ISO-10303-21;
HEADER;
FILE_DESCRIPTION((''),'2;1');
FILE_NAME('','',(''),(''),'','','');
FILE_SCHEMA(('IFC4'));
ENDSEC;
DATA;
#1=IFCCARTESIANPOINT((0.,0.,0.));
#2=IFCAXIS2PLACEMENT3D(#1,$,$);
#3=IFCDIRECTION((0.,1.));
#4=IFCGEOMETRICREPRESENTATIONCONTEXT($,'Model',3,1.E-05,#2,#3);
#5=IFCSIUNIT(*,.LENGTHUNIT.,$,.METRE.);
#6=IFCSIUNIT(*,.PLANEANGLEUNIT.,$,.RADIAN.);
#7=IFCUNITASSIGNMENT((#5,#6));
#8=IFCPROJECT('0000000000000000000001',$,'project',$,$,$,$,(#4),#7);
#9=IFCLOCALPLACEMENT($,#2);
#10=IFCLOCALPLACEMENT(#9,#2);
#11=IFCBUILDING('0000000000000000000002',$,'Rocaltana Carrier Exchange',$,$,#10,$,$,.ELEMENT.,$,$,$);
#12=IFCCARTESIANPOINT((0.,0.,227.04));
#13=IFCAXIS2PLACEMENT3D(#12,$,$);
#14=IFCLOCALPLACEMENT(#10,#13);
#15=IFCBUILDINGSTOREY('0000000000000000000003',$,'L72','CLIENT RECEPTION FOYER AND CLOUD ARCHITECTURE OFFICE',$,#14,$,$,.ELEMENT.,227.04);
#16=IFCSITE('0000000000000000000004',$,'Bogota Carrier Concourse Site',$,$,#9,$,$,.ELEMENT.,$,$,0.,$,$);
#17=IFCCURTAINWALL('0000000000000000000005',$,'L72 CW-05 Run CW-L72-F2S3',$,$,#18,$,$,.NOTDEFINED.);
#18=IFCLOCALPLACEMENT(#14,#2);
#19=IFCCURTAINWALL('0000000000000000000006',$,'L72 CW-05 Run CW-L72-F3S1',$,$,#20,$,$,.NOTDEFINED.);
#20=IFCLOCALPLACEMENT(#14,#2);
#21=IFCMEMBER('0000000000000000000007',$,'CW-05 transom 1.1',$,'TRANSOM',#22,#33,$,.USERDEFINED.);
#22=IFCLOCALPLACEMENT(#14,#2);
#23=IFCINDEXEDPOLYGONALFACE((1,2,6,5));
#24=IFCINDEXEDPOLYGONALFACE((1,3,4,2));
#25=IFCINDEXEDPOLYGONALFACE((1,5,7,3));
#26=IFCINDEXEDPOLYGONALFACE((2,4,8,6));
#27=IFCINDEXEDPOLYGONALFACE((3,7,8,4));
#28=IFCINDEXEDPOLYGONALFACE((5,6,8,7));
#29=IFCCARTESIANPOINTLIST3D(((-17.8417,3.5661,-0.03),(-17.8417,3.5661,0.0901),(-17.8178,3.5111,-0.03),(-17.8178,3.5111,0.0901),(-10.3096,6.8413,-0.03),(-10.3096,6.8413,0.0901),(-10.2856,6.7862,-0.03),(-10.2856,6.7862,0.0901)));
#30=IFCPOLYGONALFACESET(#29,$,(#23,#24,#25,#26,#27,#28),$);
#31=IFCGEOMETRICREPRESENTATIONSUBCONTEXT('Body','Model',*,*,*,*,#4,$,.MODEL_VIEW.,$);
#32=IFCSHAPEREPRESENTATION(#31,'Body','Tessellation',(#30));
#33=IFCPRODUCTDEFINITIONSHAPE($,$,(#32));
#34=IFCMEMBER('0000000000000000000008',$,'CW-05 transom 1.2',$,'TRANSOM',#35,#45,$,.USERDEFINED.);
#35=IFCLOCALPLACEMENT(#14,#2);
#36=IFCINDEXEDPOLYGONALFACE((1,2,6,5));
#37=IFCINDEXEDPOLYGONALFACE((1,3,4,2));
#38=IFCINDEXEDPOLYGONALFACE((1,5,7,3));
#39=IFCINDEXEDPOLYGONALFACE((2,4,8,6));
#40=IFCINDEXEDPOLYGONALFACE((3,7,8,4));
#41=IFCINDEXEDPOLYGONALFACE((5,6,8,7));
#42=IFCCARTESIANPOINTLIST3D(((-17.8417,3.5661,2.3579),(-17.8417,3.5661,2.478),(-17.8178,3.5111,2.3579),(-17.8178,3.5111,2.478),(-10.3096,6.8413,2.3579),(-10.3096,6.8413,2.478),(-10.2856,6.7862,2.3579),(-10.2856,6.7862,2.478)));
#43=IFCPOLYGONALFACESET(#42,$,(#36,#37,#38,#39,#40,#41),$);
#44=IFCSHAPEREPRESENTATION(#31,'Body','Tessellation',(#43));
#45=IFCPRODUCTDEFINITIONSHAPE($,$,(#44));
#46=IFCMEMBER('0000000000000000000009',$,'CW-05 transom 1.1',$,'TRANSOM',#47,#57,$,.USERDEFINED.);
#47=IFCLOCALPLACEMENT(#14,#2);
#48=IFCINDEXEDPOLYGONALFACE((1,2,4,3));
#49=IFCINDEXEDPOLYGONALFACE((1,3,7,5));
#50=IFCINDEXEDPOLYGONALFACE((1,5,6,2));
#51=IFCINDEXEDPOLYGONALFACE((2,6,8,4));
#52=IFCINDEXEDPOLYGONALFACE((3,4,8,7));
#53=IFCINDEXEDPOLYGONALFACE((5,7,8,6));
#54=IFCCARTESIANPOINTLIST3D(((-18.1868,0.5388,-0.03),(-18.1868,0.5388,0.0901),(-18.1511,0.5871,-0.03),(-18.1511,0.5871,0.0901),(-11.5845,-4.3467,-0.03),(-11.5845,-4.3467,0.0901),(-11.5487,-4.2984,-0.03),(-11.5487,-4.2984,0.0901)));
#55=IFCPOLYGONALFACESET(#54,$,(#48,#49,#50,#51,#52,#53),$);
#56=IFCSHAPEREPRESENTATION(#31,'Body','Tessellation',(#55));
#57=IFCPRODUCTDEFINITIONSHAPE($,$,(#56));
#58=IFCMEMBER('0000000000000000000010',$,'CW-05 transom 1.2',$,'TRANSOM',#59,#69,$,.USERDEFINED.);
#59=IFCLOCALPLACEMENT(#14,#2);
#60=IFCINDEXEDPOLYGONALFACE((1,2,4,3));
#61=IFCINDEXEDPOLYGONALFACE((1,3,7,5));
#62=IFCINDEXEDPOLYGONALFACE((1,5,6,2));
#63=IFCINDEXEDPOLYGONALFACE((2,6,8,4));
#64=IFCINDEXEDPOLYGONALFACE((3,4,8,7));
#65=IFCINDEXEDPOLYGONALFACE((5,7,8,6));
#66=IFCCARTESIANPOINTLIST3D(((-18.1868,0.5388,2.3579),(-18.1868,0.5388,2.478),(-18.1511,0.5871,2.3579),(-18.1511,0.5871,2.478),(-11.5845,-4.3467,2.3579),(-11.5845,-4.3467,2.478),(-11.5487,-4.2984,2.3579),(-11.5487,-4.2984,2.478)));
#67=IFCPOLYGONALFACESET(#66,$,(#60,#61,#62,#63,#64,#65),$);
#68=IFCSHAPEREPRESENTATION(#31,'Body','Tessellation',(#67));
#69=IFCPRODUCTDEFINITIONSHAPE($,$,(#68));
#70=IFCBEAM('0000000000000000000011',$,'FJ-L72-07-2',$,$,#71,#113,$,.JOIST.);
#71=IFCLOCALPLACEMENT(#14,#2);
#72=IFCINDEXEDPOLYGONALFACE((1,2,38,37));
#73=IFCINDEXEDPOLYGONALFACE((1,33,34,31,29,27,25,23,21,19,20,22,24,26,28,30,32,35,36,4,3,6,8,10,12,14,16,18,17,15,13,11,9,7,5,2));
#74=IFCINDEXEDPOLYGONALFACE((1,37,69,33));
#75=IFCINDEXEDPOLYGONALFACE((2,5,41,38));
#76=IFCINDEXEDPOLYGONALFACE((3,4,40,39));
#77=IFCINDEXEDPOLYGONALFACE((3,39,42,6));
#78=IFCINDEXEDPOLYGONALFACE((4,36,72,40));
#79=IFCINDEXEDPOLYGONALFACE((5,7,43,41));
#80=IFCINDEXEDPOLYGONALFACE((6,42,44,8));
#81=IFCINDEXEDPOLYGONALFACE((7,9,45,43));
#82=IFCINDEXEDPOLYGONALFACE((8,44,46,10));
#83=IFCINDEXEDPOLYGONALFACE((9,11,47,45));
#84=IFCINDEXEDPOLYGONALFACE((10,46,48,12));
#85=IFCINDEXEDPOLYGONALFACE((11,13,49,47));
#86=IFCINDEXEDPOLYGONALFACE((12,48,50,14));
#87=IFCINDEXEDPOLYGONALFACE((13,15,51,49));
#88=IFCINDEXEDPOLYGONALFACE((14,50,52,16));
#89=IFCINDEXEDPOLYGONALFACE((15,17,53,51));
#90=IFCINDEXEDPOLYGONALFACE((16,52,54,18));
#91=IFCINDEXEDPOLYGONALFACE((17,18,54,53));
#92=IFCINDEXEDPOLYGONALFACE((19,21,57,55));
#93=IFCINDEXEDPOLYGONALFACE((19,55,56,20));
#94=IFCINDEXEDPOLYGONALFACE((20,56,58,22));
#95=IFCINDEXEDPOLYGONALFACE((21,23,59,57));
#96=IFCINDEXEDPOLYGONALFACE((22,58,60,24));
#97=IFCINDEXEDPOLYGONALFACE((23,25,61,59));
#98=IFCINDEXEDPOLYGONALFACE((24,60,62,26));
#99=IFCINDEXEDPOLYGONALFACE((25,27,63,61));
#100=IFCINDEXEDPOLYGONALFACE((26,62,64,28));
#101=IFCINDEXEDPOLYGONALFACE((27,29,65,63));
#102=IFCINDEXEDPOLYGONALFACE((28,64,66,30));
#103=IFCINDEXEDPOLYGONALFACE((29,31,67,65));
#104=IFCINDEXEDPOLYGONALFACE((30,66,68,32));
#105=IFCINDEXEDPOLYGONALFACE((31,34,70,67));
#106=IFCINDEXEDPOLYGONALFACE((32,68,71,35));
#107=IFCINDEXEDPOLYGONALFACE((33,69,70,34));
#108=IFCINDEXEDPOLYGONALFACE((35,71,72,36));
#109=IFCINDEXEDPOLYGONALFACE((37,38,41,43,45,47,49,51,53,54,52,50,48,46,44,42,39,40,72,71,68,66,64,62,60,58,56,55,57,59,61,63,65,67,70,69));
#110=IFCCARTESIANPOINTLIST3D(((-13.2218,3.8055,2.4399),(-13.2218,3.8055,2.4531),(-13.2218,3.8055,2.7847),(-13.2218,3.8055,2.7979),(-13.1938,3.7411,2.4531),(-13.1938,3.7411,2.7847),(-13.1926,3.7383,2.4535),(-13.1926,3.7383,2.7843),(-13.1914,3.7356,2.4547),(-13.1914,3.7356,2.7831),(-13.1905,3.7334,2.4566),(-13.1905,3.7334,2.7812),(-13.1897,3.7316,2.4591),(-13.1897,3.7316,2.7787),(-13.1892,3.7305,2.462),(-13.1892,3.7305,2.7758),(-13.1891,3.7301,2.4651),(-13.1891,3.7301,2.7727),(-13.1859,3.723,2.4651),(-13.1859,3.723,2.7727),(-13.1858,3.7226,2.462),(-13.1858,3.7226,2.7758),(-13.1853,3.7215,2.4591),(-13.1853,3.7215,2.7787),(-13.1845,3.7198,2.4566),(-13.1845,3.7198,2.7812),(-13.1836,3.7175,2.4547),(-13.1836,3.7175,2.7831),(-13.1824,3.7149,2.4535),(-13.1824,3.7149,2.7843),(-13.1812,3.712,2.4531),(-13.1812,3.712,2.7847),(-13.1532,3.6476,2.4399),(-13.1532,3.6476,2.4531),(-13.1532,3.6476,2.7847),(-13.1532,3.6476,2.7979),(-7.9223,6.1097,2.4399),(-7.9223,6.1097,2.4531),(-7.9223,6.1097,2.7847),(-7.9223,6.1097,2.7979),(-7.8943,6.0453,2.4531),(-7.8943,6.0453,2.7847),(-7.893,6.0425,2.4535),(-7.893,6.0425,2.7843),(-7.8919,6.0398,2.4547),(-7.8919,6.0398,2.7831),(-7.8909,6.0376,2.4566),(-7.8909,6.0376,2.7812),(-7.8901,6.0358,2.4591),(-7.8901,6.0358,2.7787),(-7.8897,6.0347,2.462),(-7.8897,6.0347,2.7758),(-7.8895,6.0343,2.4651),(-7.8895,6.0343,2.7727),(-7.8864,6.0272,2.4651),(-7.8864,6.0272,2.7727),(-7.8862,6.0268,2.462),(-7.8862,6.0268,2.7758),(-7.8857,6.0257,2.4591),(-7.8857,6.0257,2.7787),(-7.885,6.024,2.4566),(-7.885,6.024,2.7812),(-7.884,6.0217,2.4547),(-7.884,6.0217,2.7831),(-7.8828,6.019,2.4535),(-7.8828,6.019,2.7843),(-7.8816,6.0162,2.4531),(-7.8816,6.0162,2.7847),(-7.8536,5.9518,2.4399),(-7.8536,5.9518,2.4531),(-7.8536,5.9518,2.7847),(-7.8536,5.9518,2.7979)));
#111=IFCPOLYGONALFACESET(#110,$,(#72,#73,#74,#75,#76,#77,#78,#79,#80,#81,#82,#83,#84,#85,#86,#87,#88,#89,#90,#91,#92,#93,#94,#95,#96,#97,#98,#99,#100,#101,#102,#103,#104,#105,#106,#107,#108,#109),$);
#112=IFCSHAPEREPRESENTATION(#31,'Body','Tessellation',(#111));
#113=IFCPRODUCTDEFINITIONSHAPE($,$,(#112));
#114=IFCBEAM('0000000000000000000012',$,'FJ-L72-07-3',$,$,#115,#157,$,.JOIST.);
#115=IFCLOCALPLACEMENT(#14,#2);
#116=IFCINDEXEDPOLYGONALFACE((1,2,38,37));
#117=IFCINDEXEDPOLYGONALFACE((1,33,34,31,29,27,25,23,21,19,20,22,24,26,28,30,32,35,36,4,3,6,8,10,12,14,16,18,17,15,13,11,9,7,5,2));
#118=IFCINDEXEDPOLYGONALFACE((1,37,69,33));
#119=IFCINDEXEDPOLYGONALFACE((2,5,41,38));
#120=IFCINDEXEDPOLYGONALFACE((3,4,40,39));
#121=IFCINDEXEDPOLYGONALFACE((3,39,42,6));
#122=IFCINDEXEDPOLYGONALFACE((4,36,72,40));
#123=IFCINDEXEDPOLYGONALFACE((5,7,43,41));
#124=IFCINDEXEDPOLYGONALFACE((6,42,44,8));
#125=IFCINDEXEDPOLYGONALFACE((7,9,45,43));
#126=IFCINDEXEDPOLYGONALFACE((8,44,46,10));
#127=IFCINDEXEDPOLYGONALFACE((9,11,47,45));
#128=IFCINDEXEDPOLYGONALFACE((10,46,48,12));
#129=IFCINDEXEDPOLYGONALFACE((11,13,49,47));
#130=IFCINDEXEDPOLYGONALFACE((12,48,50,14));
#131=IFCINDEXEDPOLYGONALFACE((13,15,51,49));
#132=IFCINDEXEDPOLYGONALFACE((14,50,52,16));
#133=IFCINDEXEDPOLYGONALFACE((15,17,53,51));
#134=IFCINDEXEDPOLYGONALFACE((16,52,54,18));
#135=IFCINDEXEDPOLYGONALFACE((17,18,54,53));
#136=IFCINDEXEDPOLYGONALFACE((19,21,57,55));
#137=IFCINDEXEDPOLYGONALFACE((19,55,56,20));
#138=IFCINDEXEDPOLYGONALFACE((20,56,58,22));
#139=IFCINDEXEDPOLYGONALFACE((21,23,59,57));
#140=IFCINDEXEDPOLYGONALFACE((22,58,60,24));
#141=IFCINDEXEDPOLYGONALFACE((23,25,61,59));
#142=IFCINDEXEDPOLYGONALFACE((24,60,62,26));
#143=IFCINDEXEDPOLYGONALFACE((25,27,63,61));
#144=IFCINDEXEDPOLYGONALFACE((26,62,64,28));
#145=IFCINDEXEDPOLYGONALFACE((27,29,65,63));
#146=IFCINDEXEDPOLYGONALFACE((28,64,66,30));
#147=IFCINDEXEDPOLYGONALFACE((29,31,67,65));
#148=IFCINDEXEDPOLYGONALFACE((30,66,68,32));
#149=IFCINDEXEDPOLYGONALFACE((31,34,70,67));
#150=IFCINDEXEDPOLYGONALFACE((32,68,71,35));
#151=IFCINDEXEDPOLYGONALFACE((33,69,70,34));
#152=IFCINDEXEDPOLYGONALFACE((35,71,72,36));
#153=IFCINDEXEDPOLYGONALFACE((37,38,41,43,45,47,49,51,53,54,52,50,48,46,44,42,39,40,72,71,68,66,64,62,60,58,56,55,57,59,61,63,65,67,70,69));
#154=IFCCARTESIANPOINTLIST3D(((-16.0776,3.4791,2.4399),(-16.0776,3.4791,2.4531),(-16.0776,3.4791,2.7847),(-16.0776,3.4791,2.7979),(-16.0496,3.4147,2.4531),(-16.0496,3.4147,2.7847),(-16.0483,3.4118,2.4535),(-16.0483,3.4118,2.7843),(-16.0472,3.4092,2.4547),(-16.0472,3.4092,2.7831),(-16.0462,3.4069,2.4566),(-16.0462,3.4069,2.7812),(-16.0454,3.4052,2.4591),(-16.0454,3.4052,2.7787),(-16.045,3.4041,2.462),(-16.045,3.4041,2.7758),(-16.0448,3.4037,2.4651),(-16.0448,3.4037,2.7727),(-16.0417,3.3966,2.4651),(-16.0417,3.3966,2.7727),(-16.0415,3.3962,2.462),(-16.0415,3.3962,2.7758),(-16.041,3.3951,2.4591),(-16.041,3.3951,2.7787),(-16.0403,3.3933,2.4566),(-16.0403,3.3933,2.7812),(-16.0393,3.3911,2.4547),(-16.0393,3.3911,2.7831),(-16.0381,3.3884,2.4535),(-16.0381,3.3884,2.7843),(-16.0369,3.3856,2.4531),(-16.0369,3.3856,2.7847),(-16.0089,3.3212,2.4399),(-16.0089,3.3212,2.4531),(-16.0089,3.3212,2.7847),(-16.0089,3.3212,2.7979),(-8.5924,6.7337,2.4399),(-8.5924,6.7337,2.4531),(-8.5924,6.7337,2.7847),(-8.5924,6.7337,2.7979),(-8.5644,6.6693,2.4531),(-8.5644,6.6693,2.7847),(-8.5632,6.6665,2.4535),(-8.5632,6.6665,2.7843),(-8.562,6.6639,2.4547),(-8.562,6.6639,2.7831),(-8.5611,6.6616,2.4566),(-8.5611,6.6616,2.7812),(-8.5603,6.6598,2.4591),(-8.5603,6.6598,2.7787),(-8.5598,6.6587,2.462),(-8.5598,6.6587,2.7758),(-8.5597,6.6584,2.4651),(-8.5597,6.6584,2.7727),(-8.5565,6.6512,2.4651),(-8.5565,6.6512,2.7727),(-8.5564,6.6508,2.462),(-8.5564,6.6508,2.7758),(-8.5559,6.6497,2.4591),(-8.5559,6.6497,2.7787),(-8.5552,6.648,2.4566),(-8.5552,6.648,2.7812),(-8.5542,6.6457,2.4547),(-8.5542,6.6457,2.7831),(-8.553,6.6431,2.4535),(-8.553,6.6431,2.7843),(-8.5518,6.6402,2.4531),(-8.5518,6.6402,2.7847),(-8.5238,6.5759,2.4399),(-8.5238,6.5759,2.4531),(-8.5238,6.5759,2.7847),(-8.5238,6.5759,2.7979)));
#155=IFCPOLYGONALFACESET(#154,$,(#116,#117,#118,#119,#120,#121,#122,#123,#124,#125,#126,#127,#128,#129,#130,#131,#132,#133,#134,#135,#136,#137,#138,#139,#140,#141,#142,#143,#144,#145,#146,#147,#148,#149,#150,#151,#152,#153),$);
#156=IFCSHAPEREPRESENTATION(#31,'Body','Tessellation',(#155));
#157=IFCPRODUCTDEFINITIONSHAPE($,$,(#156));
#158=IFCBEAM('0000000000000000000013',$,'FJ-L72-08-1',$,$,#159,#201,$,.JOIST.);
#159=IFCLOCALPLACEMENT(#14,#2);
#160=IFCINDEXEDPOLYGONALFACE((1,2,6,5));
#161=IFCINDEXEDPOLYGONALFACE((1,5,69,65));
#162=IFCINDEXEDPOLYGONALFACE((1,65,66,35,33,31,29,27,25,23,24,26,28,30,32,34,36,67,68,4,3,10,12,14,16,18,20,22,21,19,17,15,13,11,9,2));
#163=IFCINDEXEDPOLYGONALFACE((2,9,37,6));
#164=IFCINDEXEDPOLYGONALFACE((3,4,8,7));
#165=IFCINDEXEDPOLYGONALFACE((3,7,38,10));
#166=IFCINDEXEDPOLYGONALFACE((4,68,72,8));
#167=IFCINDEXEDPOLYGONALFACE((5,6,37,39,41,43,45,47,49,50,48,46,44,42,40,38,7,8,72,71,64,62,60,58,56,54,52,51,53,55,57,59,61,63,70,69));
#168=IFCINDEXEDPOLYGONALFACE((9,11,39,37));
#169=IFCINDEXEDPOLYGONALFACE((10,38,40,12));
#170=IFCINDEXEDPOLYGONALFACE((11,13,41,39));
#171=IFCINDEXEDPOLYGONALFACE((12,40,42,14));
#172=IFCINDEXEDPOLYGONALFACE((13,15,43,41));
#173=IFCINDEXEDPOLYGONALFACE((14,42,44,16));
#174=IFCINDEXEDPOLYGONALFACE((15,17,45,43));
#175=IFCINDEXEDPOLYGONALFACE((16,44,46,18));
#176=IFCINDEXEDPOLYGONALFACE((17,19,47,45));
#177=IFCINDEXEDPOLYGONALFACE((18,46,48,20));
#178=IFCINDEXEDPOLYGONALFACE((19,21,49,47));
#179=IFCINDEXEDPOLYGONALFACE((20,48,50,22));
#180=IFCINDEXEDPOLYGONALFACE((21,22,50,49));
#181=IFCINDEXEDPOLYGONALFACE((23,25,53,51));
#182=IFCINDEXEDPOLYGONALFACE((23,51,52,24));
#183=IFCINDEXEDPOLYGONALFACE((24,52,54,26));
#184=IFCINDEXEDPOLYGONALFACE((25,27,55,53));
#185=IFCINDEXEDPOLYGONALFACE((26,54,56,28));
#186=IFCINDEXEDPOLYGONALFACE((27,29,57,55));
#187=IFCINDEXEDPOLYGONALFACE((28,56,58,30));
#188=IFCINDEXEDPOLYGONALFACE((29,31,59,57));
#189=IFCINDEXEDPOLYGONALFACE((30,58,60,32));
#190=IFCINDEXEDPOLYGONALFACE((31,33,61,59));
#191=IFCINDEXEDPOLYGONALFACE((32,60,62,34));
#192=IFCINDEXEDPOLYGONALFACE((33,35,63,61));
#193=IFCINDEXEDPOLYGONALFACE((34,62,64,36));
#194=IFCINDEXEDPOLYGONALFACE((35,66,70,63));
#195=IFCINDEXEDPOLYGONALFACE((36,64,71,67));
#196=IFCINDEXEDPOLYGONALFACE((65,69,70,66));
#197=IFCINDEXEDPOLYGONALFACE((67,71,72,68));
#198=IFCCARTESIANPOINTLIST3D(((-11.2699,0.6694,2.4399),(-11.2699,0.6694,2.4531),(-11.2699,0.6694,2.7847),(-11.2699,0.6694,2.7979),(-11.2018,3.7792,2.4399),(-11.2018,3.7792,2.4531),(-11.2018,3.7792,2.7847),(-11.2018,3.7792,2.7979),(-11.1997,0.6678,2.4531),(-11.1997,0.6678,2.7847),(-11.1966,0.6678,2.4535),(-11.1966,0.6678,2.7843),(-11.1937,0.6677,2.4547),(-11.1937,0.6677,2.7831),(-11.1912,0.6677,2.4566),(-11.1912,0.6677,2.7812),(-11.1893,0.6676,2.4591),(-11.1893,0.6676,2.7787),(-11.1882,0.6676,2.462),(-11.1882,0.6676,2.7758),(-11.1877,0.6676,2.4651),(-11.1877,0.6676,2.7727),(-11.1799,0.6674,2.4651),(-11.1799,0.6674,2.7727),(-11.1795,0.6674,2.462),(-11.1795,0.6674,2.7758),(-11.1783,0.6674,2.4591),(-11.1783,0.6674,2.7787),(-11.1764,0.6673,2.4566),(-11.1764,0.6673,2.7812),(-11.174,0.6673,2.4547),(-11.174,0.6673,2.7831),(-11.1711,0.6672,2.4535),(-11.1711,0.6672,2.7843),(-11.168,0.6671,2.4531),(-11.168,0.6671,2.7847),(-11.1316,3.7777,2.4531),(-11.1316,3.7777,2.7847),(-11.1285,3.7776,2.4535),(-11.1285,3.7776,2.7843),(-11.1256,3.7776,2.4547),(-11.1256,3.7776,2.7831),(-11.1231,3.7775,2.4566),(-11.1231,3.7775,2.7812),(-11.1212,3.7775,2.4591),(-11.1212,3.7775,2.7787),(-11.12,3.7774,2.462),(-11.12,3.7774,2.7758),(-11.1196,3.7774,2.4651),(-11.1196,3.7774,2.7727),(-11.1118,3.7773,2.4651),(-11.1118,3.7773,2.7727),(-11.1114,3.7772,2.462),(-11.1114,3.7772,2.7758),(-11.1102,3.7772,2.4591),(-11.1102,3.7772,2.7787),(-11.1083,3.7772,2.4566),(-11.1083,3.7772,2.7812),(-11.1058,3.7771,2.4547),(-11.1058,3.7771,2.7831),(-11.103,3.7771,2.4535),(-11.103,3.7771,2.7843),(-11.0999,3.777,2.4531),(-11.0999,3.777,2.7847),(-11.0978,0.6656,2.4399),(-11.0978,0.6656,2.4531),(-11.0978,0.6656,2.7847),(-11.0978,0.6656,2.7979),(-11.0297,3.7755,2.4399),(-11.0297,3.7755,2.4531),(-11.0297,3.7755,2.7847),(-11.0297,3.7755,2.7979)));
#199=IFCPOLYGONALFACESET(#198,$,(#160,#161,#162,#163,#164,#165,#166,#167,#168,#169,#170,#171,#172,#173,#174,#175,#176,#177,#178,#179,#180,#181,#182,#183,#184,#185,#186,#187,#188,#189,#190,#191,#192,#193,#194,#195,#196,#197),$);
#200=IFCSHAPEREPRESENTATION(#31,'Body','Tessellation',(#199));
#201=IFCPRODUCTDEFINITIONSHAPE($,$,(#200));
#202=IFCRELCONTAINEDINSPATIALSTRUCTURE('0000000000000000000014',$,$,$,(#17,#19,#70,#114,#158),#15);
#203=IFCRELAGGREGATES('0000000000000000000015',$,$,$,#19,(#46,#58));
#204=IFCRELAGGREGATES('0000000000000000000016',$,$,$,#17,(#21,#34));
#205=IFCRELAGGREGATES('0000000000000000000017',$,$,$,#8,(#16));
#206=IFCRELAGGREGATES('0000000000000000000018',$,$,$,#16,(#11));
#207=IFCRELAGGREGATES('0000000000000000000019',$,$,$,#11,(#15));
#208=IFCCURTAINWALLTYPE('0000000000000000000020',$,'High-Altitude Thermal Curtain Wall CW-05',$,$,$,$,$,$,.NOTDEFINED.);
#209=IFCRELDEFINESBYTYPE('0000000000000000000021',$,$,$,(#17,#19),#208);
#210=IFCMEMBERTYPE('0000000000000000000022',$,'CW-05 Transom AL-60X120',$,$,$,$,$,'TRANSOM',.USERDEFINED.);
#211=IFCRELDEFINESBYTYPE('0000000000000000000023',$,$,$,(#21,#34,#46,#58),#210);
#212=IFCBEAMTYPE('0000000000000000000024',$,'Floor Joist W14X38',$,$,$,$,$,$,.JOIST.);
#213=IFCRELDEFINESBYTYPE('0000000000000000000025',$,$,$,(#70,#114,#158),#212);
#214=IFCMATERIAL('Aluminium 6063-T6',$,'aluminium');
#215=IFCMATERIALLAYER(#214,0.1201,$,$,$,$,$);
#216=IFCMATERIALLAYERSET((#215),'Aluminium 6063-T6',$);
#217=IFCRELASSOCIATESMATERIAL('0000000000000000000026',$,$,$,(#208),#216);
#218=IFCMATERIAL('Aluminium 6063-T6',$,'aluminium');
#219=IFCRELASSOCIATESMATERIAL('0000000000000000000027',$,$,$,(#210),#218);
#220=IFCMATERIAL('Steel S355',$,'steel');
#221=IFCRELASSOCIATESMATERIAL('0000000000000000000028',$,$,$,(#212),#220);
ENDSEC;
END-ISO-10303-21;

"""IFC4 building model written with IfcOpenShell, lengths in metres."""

from ifc_helpers import new_model, si_unit, direction, frame, origin, origin_2d, place, context, subcontext, project, spatial, rectangle, i_section, extrude, material, layer, layer_set, material_profile, profile_set, type_object, element, aggregate, save


model = new_model("IFC4")

# Units and contexts
model_context = context("Model", 3, precision=1e-05, world=origin(), true_north=direction((0.0, 1.0)))
body_context = subcontext(model_context, "Body", "Model", "MODEL_VIEW")
ifc_project = project(units=[si_unit("LENGTHUNIT", "METRE"), si_unit("PLANEANGLEUNIT", "RADIAN")], contexts=[model_context])

# Site, building, storey
site_placement = place(None, origin())
site = spatial("IfcSite", under=ifc_project, at=site_placement, Name="Bogota Carrier Concourse Site", CompositionType="ELEMENT", RefElevation=0.0)
building_placement = place(site_placement, origin())
building = spatial("IfcBuilding", under=site, at=building_placement, Name="Rocaltana Carrier Exchange", CompositionType="ELEMENT")
storey_placement = place(building_placement, frame((0.0, 0.0, 227.04)))
storey = spatial("IfcBuildingStorey", under=building, at=storey_placement, Name="L72", Description="CLIENT RECEPTION FOYER AND CLOUD ARCHITECTURE OFFICE", CompositionType="ELEMENT", Elevation=227.04)

# Shared definitions
ifc_material_1 = material(Name="Aluminium 6063-T6", Category="aluminium")
ifc_layer_1 = layer(ifc_material_1, 0.1201)
ifc_layer_set_1 = layer_set([ifc_layer_1], Name="Aluminium 6063-T6")
curtain_wall_type = type_object("IfcCurtainWallType", Name="High-Altitude Thermal Curtain Wall CW-05", PredefinedType="NOTDEFINED", material=ifc_layer_set_1)

# Curtain wall
curtain_wall_1_placement = place(storey_placement, origin())
curtain_wall_1 = element("IfcCurtainWall", 1, at=curtain_wall_1_placement, inside=storey, type_object=curtain_wall_type, Name="L72 CW-05 Run CW-L72-F2S3", PredefinedType="NOTDEFINED")

# Curtain wall
curtain_wall_2_placement = place(storey_placement, origin())
curtain_wall_2 = element("IfcCurtainWall", 2, at=curtain_wall_2_placement, inside=storey, type_object=curtain_wall_type, Name="L72 CW-05 Run CW-L72-F3S1", PredefinedType="NOTDEFINED")

# Members
ifc_material_2 = material(Name="Aluminium 6063-T6", Category="aluminium")
ifc_material_profile_1 = material_profile(ifc_material_2, rectangle(XDim=0.0601, YDim=0.1201, at=origin_2d()), Name="AL-60X120")
ifc_profile_set_1 = profile_set([ifc_material_profile_1], Name="Aluminium 6063-T6")
member_type_1 = type_object("IfcMemberType", Name="CW-05 Transom AL-60X120", ElementType="TRANSOM", PredefinedType="USERDEFINED", material=ifc_profile_set_1)
member_1_placement = place(storey_placement, frame((-10.2976, 6.8137, 0.03), z_axis=(-0.917058, -0.398753, 0.0), x_axis=(0.398753, -0.917058, 0.0)))
member_1 = element("IfcMember", 3, at=member_1_placement, type_object=member_type_1, Name="CW-05 transom 1.1", ObjectType="TRANSOM", PredefinedType="USERDEFINED", context=body_context, shape_type="SweptSolid", body=[
    extrude(rectangle(XDim=0.0601, YDim=0.1201, at=origin_2d()), origin(), (0.0, 0.0, 1.0), 8.2134),
])
member_2_placement = place(storey_placement, frame((-10.2976, 6.8137, 2.418), z_axis=(-0.917058, -0.398753, 0.0), x_axis=(0.398753, -0.917058, 0.0)))
member_2 = element("IfcMember", 4, at=member_2_placement, type_object=member_type_1, Name="CW-05 transom 1.2", ObjectType="TRANSOM", PredefinedType="USERDEFINED", context=body_context, shape_type="SweptSolid", body=[
    extrude(rectangle(XDim=0.0601, YDim=0.1201, at=origin_2d()), origin(), (0.0, 0.0, 1.0), 8.2134),
])
member_3_placement = place(storey_placement, frame((-18.1689, 0.563, 0.03), z_axis=(0.803854, -0.594827, 0.0), x_axis=(0.594827, 0.803854, 0.0)))
member_3 = element("IfcMember", 5, at=member_3_placement, type_object=member_type_1, Name="CW-05 transom 1.1", ObjectType="TRANSOM", PredefinedType="USERDEFINED", context=body_context, shape_type="SweptSolid", body=[
    extrude(rectangle(XDim=0.0601, YDim=0.1201, at=origin_2d()), origin(), (0.0, 0.0, 1.0), 8.2134),
])
member_4_placement = place(storey_placement, frame((-18.1689, 0.563, 2.418), z_axis=(0.803854, -0.594827, 0.0), x_axis=(0.594827, 0.803854, 0.0)))
member_4 = element("IfcMember", 6, at=member_4_placement, type_object=member_type_1, Name="CW-05 transom 1.2", ObjectType="TRANSOM", PredefinedType="USERDEFINED", context=body_context, shape_type="SweptSolid", body=[
    extrude(rectangle(XDim=0.0601, YDim=0.1201, at=origin_2d()), origin(), (0.0, 0.0, 1.0), 8.2134),
])
aggregate(curtain_wall_2, [member_3, member_4])

# Beams
ifc_material_3 = material(Name="Steel S355", Category="steel")
ifc_material_profile_2 = material_profile(ifc_material_3, i_section(OverallWidth=0.1721, OverallDepth=0.3579, WebThickness=0.0078, FlangeThickness=0.0132, FilletRadius=0.012, at=origin_2d()), Name="W14X38")
ifc_profile_set_2 = profile_set([ifc_material_profile_2], Name="Steel S355")
beam_type_1 = type_object("IfcBeamType", Name="Floor Joist W14X38", PredefinedType="JOIST", material=ifc_profile_set_2)
beam_1_placement = place(storey_placement, frame((-7.8879, 6.0308, 2.6189), z_axis=(-0.917067, -0.398732, 0.0), x_axis=(0.398732, -0.917067, 0.0)))
element("IfcBeam", 7, at=beam_1_placement, inside=storey, type_object=beam_type_1, Name="FJ-L72-07-2", PredefinedType="JOIST", context=body_context, shape_type="SweptSolid", body=[
    extrude(i_section(OverallWidth=0.1721, OverallDepth=0.3579, WebThickness=0.0078, FlangeThickness=0.0132, FilletRadius=0.012, at=origin_2d()), origin(), (0.0, 0.0, 1.0), 5.7788),
])
beam_2_placement = place(storey_placement, frame((-8.5581, 6.6548, 2.6189), z_axis=(-0.917059, -0.398751, 0.0), x_axis=(0.398751, -0.917059, 0.0)))
element("IfcBeam", 8, at=beam_2_placement, inside=storey, type_object=beam_type_1, Name="FJ-L72-07-3", PredefinedType="JOIST", context=body_context, shape_type="SweptSolid", body=[
    extrude(i_section(OverallWidth=0.1721, OverallDepth=0.3579, WebThickness=0.0078, FlangeThickness=0.0132, FilletRadius=0.012, at=origin_2d()), origin(), (0.0, 0.0, 1.0), 8.1621),
])
beam_3_placement = place(storey_placement, frame((-11.1157, 3.7773, 2.6189), z_axis=(-0.021898, -0.99976, 0.0), x_axis=(0.99976, -0.021898, 0.0)))
element("IfcBeam", 9, at=beam_3_placement, inside=storey, type_object=beam_type_1, Name="FJ-L72-08-1", PredefinedType="JOIST", context=body_context, shape_type="SweptSolid", body=[
    extrude(i_section(OverallWidth=0.1721, OverallDepth=0.3579, WebThickness=0.0078, FlangeThickness=0.0132, FilletRadius=0.012, at=origin_2d()), origin(), (0.0, 0.0, 1.0), 3.1106),
])

aggregate(curtain_wall_1, [member_1, member_2])

save(model, "model.ifc")
